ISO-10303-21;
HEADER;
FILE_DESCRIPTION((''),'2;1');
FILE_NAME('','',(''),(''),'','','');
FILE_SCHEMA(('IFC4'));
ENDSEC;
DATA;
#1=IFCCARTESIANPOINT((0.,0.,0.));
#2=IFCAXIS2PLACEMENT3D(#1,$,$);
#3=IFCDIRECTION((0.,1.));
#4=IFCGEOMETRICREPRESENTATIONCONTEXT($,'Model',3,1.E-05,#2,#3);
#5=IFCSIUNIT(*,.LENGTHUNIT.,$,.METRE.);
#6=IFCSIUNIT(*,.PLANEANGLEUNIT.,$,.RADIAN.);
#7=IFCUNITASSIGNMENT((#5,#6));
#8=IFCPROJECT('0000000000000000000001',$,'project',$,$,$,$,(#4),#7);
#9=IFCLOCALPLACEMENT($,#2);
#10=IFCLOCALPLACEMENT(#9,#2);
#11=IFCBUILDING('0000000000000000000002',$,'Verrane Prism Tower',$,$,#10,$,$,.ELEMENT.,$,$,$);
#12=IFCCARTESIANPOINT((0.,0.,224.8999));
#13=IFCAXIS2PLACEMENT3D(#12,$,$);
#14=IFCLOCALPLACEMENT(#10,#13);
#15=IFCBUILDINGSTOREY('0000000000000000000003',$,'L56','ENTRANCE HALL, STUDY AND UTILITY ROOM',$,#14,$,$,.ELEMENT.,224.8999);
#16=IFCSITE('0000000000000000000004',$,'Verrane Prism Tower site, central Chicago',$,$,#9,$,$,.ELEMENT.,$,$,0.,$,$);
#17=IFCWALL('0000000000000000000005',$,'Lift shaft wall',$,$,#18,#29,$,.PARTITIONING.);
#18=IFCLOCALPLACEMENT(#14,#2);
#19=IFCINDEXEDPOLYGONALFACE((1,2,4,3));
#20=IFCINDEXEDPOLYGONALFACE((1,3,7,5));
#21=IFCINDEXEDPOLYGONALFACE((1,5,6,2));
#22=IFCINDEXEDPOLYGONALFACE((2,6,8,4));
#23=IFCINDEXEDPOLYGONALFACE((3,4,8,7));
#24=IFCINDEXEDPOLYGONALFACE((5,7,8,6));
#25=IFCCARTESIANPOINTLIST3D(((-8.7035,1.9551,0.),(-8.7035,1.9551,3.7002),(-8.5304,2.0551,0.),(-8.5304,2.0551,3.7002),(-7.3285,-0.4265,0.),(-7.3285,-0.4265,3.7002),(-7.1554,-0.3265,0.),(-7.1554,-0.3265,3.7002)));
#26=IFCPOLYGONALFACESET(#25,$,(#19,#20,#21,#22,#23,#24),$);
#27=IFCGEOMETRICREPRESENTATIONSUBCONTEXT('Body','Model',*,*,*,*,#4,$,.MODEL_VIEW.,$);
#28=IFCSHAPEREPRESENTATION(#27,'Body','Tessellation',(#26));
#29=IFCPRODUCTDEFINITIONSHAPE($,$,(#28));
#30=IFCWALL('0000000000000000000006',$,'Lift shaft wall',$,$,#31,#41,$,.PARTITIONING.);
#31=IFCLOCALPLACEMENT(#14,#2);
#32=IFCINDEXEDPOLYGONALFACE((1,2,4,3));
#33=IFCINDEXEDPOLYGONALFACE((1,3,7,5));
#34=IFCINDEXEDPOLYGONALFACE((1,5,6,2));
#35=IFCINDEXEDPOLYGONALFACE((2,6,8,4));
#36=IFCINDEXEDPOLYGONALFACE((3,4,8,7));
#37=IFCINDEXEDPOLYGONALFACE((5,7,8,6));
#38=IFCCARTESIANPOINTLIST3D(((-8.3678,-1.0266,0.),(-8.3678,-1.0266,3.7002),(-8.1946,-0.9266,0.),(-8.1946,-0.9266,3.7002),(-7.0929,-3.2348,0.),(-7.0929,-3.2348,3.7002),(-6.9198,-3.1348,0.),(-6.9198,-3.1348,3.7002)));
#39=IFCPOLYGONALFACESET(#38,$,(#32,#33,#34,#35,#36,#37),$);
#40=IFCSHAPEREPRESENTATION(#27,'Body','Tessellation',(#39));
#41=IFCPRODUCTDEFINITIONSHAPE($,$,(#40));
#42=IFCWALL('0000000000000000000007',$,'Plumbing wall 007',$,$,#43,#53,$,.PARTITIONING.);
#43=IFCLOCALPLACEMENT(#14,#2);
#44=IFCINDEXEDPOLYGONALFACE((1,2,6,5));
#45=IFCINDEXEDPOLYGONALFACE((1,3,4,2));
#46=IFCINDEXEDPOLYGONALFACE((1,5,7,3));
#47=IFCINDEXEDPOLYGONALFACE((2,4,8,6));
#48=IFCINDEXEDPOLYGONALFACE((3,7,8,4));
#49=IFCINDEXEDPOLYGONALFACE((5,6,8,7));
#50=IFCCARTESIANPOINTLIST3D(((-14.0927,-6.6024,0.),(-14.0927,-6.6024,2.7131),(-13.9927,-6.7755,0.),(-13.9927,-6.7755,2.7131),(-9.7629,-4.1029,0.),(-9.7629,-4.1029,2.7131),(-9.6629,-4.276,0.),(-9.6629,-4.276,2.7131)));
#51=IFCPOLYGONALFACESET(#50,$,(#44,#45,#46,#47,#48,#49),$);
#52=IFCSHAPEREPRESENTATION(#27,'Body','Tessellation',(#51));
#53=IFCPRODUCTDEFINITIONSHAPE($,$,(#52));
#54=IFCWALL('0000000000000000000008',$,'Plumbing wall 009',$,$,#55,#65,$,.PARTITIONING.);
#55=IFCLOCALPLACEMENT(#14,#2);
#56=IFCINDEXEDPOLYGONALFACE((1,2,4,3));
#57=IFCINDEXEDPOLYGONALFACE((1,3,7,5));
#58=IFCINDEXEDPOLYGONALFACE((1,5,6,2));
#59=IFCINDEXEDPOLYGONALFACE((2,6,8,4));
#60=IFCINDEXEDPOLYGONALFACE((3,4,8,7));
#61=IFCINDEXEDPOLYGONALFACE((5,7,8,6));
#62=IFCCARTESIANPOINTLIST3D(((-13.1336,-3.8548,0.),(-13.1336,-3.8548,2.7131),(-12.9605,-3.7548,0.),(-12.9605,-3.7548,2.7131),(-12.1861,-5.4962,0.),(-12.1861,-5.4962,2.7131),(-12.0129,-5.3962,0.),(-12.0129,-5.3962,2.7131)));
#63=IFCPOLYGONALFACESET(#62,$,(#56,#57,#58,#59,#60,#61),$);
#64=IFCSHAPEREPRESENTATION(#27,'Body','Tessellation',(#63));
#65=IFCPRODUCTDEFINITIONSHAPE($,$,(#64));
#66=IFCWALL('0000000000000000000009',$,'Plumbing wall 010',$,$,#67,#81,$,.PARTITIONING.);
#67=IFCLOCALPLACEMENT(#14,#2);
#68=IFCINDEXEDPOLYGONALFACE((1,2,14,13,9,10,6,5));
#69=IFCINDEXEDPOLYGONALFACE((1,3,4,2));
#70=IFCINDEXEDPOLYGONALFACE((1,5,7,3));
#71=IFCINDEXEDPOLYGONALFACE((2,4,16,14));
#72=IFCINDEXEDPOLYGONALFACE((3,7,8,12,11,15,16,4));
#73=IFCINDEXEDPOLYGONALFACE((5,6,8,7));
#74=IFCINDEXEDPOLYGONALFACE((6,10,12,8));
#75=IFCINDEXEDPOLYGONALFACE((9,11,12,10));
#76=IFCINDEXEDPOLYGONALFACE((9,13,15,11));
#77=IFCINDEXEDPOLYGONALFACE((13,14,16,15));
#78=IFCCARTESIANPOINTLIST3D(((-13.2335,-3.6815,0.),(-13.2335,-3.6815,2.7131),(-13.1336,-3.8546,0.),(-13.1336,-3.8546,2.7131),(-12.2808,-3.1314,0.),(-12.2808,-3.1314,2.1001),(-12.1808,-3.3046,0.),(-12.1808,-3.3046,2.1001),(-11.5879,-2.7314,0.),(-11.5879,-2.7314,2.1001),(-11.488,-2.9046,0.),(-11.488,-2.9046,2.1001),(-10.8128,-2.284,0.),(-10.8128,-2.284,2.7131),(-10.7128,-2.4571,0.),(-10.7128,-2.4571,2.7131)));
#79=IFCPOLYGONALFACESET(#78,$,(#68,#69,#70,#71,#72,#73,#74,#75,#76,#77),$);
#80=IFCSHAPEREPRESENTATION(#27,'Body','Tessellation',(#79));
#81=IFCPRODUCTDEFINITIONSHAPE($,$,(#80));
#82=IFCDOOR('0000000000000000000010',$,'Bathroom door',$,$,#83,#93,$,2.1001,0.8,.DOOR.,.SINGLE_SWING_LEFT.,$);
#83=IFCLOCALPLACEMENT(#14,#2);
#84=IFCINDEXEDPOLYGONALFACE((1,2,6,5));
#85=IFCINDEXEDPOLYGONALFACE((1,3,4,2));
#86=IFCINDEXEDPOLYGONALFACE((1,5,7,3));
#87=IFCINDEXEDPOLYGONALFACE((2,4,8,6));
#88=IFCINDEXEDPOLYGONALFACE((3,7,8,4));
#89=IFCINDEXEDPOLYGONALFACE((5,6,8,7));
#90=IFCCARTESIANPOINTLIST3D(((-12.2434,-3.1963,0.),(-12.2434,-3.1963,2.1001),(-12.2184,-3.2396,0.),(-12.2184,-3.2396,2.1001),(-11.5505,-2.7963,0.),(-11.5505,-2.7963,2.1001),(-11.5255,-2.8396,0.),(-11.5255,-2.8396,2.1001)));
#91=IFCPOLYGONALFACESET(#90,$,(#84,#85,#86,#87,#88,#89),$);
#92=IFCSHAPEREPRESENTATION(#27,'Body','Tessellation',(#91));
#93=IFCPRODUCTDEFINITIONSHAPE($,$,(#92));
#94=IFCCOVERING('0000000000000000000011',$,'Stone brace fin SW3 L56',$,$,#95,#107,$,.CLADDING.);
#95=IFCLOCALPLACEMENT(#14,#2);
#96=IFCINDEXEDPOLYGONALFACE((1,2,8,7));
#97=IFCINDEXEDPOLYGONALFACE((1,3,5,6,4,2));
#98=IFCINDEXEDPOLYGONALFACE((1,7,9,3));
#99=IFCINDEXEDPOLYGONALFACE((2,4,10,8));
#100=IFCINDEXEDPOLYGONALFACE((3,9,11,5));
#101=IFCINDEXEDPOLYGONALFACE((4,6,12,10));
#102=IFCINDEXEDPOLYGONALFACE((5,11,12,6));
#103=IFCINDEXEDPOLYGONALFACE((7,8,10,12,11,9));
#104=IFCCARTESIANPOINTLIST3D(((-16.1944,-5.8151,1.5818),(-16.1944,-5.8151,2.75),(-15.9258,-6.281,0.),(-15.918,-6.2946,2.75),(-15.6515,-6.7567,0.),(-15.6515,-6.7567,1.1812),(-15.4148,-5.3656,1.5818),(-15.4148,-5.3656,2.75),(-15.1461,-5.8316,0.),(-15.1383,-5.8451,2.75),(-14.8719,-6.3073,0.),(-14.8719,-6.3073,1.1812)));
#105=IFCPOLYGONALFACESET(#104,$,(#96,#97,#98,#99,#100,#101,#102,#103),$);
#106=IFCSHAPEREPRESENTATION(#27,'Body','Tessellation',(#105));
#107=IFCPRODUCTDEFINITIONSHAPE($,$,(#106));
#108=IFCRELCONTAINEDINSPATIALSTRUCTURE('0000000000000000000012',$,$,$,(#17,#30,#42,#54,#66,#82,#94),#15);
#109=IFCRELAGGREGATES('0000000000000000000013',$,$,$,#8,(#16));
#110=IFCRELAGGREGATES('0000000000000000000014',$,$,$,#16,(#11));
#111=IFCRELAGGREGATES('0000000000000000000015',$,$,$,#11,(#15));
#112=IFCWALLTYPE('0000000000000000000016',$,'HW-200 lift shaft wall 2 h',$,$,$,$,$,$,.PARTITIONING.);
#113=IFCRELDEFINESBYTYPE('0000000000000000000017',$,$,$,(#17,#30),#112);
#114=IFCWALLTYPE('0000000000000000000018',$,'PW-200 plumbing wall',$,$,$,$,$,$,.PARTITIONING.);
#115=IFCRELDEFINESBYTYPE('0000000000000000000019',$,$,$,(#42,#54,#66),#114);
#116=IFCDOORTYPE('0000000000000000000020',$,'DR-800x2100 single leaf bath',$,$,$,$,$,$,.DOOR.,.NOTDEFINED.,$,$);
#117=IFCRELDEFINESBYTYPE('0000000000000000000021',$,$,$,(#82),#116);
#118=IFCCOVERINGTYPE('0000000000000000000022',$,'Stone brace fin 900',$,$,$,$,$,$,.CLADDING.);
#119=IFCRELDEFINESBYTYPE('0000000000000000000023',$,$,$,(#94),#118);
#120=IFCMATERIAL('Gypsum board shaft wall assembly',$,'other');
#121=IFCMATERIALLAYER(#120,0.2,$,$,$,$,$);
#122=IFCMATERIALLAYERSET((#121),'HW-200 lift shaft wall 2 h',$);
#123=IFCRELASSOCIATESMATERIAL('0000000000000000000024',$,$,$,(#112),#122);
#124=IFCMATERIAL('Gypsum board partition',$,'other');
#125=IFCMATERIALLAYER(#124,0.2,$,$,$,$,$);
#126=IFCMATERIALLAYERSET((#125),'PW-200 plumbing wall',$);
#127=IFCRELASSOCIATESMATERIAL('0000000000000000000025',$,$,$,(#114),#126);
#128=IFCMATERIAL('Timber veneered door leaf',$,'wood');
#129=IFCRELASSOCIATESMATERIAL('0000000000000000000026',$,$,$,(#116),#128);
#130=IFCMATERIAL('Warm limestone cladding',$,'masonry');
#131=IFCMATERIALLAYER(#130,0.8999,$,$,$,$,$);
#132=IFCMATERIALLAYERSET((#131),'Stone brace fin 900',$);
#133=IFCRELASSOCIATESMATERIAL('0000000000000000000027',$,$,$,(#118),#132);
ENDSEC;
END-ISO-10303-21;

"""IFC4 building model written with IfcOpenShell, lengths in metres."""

from ifc_helpers import new_model, si_unit, direction, frame, frame_2d, origin, place, context, subcontext, project, spatial, polyline, rectangle, outline, extrude, material, layer, layer_set, type_object, element, fill, save


model = new_model("IFC4")

# Units and contexts
model_context = context("Model", 3, precision=1e-05, world=origin(), true_north=direction((0.0, 1.0)))
body_context = subcontext(model_context, "Body", "Model", "MODEL_VIEW")
ifc_project = project(units=[si_unit("LENGTHUNIT", "METRE"), si_unit("PLANEANGLEUNIT", "RADIAN")], contexts=[model_context])

# Site, building, storey
site_placement = place(None, origin())
site = spatial("IfcSite", under=ifc_project, at=site_placement, Name="Verrane Prism Tower site, central Chicago", CompositionType="ELEMENT", RefElevation=0.0)
building_placement = place(site_placement, origin())
building = spatial("IfcBuilding", under=site, at=building_placement, Name="Verrane Prism Tower", CompositionType="ELEMENT")
storey_placement = place(building_placement, frame((0.0, 0.0, 224.8999)))
storey = spatial("IfcBuildingStorey", under=building, at=storey_placement, Name="L56", Description="ENTRANCE HALL, STUDY AND UTILITY ROOM", CompositionType="ELEMENT", Elevation=224.8999)

# Walls
ifc_material_1 = material(Name="Gypsum board shaft wall assembly", Category="other")
ifc_layer_1 = layer(ifc_material_1, 0.2)
ifc_layer_set_1 = layer_set([ifc_layer_1], Name="HW-200 lift shaft wall 2 h")
wall_type_1 = type_object("IfcWallType", Name="HW-200 lift shaft wall 2 h", PredefinedType="PARTITIONING", material=ifc_layer_set_1)
wall_1_placement = place(storey_placement, frame((-7.2419, -0.3765, 0.0), z_axis=(0.0, 0.0, 1.0), x_axis=(-0.499997, 0.866027, 0.0)))
element("IfcWall", 1, at=wall_1_placement, inside=storey, type_object=wall_type_1, Name="Lift shaft wall", PredefinedType="PARTITIONING", context=body_context, shape_type="SweptSolid", body=[
    extrude(rectangle(XDim=2.75, YDim=0.2, at=frame_2d((1.375, 0.0))), origin(), (0.0, 0.0, 1.0), 3.7002),
])
wall_2_placement = place(storey_placement, frame((-7.0063, -3.1848, 0.0), z_axis=(0.0, 0.0, 1.0), x_axis=(-0.49999, 0.866031, 0.0)))
element("IfcWall", 2, at=wall_2_placement, inside=storey, type_object=wall_type_1, Name="Lift shaft wall", PredefinedType="PARTITIONING", context=body_context, shape_type="SweptSolid", body=[
    extrude(rectangle(XDim=2.5498, YDim=0.2, at=frame_2d((1.2749, 0.0))), origin(), (0.0, 0.0, 1.0), 3.7002),
])
ifc_material_2 = material(Name="Gypsum board partition", Category="other")
ifc_layer_2 = layer(ifc_material_2, 0.2)
ifc_layer_set_2 = layer_set([ifc_layer_2], Name="PW-200 plumbing wall")
wall_type_2 = type_object("IfcWallType", Name="PW-200 plumbing wall", PredefinedType="PARTITIONING", material=ifc_layer_set_2)
wall_3_placement = place(storey_placement, frame((-14.0427, -6.689, 0.0), z_axis=(0.0, 0.0, 1.0), x_axis=(0.866053, 0.499952, 0.0)))
element("IfcWall", 3, at=wall_3_placement, inside=storey, type_object=wall_type_2, Name="Plumbing wall 007", PredefinedType="PARTITIONING", context=body_context, shape_type="SweptSolid", body=[
    extrude(rectangle(XDim=4.9995, YDim=0.2, at=frame_2d((2.4998, 0.0))), origin(), (0.0, 0.0, 1.0), 2.7131),
])
wall_4_placement = place(storey_placement, frame((-13.0471, -3.8047, 0.0), z_axis=(0.0, 0.0, 1.0), x_axis=(0.499949, -0.866055, 0.0)))
element("IfcWall", 4, at=wall_4_placement, inside=storey, type_object=wall_type_2, Name="Plumbing wall 009", PredefinedType="PARTITIONING", context=body_context, shape_type="SweptSolid", body=[
    extrude(rectangle(XDim=1.8953, YDim=0.2, at=frame_2d((0.9478, 0.0))), origin(), (0.0, 0.0, 1.0), 2.7131),
])

# Wall, opening, door
wall_5_placement = place(storey_placement, frame((-10.7629, -2.3706, 0.0), z_axis=(0.0, 0.0, 1.0), x_axis=(-0.866042, -0.499972, 0.0)))
wall_5 = element("IfcWall", 5, at=wall_5_placement, inside=storey, type_object=wall_type_2, Name="Plumbing wall 010", PredefinedType="PARTITIONING", context=body_context, shape_type="SweptSolid", body=[
    extrude(rectangle(XDim=2.7952, YDim=0.2, at=frame_2d((1.3975, 0.0))), origin(), (0.0, 0.0, 1.0), 2.7131),
])
opening_placement = place(wall_5_placement, frame((0.895, 0.0, 0.0)))
opening = element("IfcOpeningElement", 6, at=opening_placement, cuts=wall_5, PredefinedType="OPENING", context=body_context, shape_type="SweptSolid", body=[
    extrude(rectangle(XDim=0.8, YDim=2.1001, at=frame_2d((0.3999, 1.05))), frame((0.0, 0.1099, 0.0), z_axis=(0.0, -1.0, 0.0), x_axis=(1.0, 0.0, 0.0)), (0.0, 0.0, 1.0), 0.22),
])
ifc_material_3 = material(Name="Timber veneered door leaf", Category="wood")
door_type = type_object("IfcDoorType", Name="DR-800x2100 single leaf bath", OperationType="NOTDEFINED", PredefinedType="DOOR", material=ifc_material_3)
door_placement = place(opening_placement, origin())
door = element("IfcDoor", 7, at=door_placement, inside=storey, type_object=door_type, Name="Bathroom door", OperationType="SINGLE_SWING_LEFT", OverallHeight=2.1001, OverallWidth=0.8, PredefinedType="DOOR", context=body_context, shape_type="SweptSolid", body=[
    extrude(rectangle(XDim=0.8, YDim=2.1001, at=frame_2d((0.3999, 1.05))), frame((0.0, 0.0249, 0.0), z_axis=(0.0, -1.0, 0.0), x_axis=(1.0, 0.0, 0.0)), (0.0, 0.0, 1.0), 0.05),
])
fill(opening, door)

# Covering
ifc_material_4 = material(Name="Warm limestone cladding", Category="masonry")
ifc_layer_3 = layer(ifc_material_4, 0.8999)
ifc_layer_set_3 = layer_set([ifc_layer_3], Name="Stone brace fin 900")
covering_type = type_object("IfcCoveringType", Name="Stone brace fin 900", PredefinedType="CLADDING", material=ifc_layer_set_3)
covering_placement = place(storey_placement, frame((-15.2617, -6.532, 0.0), z_axis=(0.0, 0.0, 1.0), x_axis=(-0.49945, 0.866343, 0.0)))
element("IfcCovering", 8, at=covering_placement, inside=storey, type_object=covering_type, Name="Stone brace fin SW3 L56", PredefinedType="CLADDING", context=body_context, shape_type="SweptSolid", body=[
    extrude(outline(polyline([(1.0869, 2.75), (0.5334, 2.75), (0.0, 1.1812), (0.0, 0.0), (0.5491, 0.0), (1.0869, 1.5818), (1.0869, 2.75)])), frame((0.0, 0.45, 0.0), z_axis=(0.0, -1.0, 0.0), x_axis=(1.0, 0.0, 0.0)), (0.0, 0.0, 1.0), 0.8999),
])

save(model, "model.ifc")
